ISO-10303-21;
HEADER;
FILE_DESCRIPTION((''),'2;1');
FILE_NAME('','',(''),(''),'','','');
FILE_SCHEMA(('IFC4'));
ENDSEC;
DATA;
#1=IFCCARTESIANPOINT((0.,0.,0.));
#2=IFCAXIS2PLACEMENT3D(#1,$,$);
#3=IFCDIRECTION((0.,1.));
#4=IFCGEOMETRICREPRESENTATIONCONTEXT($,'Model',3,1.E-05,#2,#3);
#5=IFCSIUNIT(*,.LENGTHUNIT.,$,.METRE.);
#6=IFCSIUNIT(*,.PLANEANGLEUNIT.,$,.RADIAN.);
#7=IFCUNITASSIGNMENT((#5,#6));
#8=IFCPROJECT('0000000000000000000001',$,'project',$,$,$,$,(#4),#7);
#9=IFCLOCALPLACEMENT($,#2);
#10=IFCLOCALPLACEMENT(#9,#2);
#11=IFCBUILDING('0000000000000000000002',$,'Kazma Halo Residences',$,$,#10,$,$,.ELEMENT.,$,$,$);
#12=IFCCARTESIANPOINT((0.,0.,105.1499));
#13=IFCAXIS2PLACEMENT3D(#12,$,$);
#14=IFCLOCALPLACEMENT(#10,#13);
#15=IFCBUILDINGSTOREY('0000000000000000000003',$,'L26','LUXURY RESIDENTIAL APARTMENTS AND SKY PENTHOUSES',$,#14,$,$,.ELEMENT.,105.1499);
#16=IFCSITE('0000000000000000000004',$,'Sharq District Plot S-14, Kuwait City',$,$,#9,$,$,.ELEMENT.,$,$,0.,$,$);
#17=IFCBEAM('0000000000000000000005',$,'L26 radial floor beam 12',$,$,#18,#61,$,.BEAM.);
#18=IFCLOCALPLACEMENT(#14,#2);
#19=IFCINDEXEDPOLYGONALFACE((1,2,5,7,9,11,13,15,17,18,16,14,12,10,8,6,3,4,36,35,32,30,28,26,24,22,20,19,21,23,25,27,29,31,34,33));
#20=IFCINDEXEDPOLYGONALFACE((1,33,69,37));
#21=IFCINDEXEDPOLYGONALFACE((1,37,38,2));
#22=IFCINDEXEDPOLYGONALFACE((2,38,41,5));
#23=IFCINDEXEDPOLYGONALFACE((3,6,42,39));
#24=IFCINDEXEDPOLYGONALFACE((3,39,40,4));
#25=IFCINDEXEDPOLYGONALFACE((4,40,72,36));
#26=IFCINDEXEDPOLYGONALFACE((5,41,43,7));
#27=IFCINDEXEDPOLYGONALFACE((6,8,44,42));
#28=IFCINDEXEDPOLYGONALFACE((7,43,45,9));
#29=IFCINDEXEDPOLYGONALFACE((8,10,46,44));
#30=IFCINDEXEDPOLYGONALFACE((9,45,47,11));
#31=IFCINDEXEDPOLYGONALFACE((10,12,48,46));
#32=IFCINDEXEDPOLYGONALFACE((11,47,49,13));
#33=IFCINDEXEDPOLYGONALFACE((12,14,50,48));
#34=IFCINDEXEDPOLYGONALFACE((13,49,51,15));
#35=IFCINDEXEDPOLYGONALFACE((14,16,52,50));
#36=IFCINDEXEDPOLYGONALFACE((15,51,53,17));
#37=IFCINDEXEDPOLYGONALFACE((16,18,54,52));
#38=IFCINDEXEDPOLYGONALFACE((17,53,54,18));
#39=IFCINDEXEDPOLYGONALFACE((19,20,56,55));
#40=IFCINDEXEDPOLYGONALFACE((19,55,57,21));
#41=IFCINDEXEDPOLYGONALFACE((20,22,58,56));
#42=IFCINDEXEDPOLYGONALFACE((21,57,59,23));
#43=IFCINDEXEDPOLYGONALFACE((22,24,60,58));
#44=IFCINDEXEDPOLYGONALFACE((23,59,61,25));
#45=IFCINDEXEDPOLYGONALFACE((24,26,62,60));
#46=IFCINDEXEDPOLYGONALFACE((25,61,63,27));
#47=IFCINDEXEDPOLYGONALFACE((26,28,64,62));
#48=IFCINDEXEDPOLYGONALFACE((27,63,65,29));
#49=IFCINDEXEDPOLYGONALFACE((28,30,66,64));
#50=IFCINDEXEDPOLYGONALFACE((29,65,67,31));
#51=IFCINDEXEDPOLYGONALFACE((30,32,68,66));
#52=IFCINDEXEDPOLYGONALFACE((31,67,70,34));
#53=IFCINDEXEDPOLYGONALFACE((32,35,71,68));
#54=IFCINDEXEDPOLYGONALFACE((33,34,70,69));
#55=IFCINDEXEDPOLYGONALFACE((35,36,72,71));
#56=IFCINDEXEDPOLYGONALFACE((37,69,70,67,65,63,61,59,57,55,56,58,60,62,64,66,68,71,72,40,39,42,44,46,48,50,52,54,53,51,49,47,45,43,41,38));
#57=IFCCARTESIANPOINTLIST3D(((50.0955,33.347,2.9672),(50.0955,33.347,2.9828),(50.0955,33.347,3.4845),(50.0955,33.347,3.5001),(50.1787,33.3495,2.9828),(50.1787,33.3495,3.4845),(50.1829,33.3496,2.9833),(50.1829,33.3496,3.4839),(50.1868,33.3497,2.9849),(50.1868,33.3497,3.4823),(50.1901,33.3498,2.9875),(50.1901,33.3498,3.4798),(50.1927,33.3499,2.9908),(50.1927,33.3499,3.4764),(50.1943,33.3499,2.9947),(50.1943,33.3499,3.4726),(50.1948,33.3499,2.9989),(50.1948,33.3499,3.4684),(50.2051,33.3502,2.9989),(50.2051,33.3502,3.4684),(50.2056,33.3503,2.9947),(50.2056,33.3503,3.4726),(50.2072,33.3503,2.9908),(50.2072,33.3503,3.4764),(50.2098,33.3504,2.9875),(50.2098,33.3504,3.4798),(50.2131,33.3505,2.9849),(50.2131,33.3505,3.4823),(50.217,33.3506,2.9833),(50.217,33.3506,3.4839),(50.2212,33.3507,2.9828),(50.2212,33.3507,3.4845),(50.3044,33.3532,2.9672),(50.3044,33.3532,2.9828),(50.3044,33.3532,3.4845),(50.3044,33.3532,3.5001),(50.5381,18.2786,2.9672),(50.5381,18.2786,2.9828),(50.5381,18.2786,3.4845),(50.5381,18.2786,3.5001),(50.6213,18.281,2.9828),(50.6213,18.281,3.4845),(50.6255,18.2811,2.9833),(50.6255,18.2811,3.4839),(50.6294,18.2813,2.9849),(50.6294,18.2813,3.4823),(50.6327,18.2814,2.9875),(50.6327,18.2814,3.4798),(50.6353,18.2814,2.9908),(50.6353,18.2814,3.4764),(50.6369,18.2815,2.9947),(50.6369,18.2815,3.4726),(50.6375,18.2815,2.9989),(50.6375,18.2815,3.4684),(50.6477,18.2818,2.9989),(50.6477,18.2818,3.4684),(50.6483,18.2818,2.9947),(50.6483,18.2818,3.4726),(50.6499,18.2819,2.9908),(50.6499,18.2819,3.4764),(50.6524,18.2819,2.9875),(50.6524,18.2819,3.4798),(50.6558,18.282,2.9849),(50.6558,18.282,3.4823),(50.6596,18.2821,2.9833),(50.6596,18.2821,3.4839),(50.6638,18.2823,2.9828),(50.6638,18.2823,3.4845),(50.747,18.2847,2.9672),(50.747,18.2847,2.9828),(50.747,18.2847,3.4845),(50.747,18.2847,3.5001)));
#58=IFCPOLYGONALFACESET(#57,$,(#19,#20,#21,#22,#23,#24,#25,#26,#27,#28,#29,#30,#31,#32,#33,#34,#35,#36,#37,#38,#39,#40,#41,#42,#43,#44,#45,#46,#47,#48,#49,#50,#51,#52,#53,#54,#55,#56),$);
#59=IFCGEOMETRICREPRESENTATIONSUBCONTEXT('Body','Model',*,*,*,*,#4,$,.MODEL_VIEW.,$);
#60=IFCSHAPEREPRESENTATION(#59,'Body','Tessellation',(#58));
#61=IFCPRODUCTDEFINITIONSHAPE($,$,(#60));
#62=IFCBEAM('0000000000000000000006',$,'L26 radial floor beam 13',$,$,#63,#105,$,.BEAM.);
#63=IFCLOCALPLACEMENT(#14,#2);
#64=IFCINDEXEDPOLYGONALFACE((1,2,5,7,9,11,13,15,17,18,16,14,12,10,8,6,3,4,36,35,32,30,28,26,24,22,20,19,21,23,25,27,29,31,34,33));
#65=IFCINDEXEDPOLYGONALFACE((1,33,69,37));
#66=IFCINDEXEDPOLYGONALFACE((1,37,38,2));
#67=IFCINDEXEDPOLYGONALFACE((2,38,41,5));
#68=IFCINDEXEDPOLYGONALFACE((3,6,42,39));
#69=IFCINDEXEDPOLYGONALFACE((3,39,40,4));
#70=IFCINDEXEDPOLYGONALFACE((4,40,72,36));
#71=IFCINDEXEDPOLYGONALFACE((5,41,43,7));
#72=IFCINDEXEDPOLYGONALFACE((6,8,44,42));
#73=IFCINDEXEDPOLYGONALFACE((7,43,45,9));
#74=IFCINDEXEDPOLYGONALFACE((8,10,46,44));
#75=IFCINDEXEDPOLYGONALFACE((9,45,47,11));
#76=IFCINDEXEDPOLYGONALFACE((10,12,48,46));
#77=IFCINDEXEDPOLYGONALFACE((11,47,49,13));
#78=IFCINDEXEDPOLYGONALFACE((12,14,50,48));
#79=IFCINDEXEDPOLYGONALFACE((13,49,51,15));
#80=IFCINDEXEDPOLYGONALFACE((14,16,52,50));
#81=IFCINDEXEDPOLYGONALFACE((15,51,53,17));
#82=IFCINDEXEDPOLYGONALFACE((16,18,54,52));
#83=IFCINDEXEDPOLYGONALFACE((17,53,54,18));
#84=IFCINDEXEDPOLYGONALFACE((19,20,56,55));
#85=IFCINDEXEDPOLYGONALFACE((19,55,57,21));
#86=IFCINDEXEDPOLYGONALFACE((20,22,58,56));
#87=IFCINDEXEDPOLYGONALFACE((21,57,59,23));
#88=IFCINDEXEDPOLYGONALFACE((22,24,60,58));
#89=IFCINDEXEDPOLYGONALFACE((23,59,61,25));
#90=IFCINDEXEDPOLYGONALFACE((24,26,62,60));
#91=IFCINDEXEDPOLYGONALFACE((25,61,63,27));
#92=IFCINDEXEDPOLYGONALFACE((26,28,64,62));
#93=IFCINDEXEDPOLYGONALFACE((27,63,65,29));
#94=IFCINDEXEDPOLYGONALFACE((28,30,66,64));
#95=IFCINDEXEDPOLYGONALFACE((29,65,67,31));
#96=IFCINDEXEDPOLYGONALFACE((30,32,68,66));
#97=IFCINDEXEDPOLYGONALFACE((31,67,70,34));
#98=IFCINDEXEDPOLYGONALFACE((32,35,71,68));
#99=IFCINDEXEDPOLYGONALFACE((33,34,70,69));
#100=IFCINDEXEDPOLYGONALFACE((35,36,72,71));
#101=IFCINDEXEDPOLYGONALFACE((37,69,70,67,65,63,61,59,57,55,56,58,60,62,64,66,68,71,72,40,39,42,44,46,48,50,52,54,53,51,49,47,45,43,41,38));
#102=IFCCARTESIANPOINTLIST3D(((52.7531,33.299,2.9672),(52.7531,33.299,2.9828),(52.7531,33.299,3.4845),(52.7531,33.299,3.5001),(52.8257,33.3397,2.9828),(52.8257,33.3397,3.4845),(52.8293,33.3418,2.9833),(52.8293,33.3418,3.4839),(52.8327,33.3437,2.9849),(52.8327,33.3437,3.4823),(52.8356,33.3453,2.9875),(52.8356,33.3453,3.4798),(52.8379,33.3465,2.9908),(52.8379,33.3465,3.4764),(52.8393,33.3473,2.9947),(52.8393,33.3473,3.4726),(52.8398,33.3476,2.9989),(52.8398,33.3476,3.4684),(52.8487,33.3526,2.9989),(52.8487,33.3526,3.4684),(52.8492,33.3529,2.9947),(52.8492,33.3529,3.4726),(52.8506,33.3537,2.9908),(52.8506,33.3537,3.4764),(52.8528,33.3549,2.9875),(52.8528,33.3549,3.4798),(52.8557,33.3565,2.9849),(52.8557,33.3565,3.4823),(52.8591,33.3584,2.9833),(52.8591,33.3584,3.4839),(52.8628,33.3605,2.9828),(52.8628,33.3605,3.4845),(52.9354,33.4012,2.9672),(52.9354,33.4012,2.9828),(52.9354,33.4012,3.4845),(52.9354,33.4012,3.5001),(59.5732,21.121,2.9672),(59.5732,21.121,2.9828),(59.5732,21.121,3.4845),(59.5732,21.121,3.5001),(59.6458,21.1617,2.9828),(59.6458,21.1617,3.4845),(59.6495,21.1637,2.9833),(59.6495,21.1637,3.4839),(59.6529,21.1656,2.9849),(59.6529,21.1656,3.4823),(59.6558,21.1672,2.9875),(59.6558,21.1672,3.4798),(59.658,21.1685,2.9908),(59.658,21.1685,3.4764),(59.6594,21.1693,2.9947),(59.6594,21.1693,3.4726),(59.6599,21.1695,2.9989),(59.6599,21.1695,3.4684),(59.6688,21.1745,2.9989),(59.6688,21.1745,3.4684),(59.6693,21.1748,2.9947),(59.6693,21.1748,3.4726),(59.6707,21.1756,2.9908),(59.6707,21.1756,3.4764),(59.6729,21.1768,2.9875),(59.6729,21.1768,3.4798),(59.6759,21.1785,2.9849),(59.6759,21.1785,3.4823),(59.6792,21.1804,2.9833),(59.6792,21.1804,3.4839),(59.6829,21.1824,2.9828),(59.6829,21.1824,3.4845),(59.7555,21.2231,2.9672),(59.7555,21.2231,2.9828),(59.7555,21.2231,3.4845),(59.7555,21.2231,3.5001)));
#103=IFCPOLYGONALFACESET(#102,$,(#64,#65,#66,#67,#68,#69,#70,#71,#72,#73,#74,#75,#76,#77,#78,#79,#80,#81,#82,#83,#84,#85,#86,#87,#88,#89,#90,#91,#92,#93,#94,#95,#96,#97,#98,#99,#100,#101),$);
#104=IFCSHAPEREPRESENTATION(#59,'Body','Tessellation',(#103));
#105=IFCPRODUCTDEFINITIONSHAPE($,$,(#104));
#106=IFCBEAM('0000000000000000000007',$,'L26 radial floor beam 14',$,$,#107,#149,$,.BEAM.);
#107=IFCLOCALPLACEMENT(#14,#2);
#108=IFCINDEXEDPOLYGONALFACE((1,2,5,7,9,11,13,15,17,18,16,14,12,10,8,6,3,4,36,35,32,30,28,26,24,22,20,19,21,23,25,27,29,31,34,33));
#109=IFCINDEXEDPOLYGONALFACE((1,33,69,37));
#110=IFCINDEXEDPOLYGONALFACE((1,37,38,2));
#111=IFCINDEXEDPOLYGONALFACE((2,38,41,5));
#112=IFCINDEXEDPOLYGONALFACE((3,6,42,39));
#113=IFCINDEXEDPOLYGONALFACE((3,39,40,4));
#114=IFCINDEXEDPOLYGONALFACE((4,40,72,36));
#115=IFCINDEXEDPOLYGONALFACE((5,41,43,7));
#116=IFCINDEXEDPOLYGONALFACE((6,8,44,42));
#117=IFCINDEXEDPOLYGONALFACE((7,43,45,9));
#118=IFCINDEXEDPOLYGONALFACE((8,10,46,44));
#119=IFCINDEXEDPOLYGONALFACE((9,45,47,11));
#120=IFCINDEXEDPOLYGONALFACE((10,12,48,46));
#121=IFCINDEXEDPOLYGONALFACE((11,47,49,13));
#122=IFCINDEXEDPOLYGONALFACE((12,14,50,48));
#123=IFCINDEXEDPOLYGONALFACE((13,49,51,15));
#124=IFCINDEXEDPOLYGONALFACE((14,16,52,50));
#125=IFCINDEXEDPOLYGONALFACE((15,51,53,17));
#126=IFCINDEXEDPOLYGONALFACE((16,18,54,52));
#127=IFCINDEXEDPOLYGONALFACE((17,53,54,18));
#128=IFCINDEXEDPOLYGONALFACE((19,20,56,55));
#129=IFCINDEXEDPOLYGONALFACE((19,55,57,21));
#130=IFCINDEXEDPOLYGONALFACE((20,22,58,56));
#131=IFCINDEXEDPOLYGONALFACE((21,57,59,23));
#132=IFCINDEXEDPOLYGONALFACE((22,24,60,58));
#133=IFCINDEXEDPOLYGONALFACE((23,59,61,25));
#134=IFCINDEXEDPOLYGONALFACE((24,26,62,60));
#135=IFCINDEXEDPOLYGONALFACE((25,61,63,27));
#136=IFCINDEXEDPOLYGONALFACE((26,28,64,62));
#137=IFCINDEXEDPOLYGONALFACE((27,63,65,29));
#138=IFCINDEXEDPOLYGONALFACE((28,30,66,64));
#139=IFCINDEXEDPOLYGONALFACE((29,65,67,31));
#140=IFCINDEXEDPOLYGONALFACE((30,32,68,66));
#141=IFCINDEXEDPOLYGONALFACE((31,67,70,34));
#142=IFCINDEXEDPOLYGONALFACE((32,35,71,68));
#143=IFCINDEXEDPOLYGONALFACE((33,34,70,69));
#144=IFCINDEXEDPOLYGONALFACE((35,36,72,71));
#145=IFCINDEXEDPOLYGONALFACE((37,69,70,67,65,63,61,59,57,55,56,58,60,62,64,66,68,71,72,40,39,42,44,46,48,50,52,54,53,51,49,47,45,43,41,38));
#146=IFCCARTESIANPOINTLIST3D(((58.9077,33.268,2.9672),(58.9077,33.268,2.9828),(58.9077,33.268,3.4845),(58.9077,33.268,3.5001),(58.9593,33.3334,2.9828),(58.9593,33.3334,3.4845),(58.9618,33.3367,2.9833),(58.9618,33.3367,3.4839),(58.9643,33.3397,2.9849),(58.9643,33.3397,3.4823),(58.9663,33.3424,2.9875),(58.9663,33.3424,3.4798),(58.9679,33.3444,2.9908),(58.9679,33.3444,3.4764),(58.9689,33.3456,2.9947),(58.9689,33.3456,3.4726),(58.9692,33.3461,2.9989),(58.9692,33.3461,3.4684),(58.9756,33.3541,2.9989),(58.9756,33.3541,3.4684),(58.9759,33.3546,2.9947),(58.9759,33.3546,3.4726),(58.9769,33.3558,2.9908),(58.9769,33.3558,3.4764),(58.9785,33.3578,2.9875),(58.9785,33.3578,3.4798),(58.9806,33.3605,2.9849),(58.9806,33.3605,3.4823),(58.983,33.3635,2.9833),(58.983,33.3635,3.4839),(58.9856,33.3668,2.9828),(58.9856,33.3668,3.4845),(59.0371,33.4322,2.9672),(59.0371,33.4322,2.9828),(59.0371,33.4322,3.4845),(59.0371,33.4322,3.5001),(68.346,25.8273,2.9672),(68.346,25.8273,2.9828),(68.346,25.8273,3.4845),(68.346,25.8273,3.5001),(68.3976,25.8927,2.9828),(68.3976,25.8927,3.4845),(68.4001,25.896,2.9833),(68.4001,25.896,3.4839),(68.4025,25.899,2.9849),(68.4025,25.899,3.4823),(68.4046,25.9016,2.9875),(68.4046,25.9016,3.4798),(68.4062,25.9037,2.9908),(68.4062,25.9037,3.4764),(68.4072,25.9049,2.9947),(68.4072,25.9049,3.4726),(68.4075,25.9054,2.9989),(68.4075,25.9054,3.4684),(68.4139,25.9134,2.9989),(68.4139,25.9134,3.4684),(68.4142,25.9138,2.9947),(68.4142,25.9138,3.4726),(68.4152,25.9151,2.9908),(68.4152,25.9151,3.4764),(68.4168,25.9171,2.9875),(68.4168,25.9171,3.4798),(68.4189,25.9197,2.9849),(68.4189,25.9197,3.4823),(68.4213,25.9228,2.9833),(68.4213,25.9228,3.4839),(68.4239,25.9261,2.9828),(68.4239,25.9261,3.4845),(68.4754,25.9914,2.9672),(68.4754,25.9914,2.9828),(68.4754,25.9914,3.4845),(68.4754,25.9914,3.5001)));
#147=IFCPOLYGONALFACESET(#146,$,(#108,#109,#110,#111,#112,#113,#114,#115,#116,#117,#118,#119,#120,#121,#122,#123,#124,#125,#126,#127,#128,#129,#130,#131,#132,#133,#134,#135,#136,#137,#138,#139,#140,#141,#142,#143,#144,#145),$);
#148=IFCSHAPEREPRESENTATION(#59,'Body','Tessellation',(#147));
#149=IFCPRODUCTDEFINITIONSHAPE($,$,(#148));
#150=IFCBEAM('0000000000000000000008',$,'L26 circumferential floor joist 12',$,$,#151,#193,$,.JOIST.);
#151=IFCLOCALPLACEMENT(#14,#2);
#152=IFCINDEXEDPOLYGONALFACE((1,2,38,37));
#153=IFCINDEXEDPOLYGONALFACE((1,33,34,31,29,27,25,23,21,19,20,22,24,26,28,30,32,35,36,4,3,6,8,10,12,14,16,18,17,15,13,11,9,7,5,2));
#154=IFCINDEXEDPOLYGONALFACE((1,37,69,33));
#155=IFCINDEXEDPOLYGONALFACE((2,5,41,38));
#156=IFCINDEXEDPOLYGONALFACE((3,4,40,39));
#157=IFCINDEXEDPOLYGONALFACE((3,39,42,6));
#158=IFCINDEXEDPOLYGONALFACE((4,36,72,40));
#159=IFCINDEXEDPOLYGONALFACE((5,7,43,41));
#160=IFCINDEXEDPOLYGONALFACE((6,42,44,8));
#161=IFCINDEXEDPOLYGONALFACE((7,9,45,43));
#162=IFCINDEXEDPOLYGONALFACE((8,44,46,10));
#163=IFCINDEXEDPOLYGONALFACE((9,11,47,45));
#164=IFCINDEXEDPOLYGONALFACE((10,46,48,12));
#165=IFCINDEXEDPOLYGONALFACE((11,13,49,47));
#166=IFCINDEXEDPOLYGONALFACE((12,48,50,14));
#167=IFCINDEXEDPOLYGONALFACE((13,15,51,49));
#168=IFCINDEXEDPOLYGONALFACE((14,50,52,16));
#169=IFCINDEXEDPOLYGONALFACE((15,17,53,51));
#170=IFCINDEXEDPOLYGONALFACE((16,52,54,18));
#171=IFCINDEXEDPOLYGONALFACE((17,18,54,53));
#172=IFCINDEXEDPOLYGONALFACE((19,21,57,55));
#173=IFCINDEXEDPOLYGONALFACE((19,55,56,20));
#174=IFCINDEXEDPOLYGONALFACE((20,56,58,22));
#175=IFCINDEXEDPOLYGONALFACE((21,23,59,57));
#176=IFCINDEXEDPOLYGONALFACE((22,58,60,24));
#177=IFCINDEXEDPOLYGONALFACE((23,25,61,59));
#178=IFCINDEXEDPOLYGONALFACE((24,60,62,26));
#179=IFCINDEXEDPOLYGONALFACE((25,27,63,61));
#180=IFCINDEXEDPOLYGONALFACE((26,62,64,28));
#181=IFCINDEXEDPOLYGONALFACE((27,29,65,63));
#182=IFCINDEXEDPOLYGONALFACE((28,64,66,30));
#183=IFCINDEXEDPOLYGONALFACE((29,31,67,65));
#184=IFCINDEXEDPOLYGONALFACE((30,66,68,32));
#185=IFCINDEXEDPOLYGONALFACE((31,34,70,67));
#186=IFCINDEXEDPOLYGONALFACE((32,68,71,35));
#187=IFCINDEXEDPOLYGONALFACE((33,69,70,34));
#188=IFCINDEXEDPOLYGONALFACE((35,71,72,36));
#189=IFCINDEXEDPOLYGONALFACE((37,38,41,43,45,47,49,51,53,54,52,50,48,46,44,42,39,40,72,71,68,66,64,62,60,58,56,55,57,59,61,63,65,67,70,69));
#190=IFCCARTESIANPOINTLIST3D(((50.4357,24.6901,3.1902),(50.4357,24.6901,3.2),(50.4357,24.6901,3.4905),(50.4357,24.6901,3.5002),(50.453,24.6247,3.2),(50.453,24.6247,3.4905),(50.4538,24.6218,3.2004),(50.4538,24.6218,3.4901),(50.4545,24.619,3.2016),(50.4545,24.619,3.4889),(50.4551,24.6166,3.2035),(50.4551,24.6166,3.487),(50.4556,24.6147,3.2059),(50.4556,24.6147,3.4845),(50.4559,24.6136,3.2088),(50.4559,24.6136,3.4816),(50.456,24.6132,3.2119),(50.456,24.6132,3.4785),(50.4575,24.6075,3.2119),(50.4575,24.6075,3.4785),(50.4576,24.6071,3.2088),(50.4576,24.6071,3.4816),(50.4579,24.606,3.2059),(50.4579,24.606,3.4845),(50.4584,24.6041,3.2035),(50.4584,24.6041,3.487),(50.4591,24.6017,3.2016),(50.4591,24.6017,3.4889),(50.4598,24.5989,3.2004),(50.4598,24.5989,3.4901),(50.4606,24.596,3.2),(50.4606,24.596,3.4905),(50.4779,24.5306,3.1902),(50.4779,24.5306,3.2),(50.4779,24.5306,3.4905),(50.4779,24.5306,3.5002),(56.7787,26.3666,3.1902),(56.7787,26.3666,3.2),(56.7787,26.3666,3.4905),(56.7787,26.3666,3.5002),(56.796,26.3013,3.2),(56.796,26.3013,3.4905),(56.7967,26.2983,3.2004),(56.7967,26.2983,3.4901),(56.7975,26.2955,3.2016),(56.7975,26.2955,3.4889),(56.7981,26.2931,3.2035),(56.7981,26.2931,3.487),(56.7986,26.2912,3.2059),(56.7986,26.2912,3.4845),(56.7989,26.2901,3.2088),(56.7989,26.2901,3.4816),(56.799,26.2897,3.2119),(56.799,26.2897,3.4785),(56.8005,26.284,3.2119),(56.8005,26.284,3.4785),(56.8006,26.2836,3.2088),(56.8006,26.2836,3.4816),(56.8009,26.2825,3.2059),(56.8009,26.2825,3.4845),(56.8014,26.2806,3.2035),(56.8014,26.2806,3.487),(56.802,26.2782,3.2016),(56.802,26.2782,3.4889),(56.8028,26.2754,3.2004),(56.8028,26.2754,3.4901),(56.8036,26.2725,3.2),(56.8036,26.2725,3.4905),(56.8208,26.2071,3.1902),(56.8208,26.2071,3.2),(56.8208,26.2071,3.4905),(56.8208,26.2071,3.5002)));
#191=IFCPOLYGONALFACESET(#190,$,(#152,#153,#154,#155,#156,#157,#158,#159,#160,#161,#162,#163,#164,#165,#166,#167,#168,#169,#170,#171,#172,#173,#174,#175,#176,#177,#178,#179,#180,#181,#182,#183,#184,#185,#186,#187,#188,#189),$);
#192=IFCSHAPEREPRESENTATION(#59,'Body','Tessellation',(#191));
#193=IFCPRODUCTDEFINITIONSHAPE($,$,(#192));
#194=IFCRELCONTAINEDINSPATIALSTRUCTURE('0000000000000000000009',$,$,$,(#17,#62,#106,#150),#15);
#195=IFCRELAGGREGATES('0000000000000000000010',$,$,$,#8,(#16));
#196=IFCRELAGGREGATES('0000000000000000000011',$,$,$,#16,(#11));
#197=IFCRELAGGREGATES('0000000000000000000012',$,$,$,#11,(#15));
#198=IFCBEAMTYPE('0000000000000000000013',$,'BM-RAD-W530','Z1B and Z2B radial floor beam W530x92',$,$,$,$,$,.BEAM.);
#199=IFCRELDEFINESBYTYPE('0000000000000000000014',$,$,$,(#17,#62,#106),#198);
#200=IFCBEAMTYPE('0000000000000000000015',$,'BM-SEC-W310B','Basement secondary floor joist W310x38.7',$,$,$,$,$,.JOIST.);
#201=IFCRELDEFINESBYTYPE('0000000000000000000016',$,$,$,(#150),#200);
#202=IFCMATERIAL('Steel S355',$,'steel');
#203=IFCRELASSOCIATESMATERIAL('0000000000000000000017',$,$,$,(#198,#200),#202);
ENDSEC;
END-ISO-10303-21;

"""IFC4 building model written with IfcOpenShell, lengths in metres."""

from ifc_helpers import new_model, si_unit, direction, frame, origin, origin_2d, place, context, subcontext, project, spatial, i_section, extrude, material, material_profile, profile_set, type_object, element, save


model = new_model("IFC4")

# Units and contexts
model_context = context("Model", 3, precision=1e-05, world=origin(), true_north=direction((0.0, 1.0)))
body_context = subcontext(model_context, "Body", "Model", "MODEL_VIEW")
ifc_project = project(units=[si_unit("LENGTHUNIT", "METRE"), si_unit("PLANEANGLEUNIT", "RADIAN")], contexts=[model_context])

# Site, building, storey
site_placement = place(None, origin())
site = spatial("IfcSite", under=ifc_project, at=site_placement, Name="Sharq District Plot S-14, Kuwait City", CompositionType="ELEMENT", RefElevation=0.0)
building_placement = place(site_placement, origin())
building = spatial("IfcBuilding", under=site, at=building_placement, Name="Kazma Halo Residences", CompositionType="ELEMENT")
storey_placement = place(building_placement, frame((0.0, 0.0, 105.1499)))
storey = spatial("IfcBuildingStorey", under=building, at=storey_placement, Name="L26", Description="LUXURY RESIDENTIAL APARTMENTS AND SKY PENTHOUSES", CompositionType="ELEMENT", Elevation=105.1499)

# Beams
ifc_material_1 = material(Name="Steel S355", Category="steel")
ifc_material_profile_1 = material_profile(ifc_material_1, i_section(OverallWidth=0.209, OverallDepth=0.533, WebThickness=0.0103, FlangeThickness=0.0156, FilletRadius=0.0161, at=origin_2d()), Name="W530x92")
ifc_profile_set_1 = profile_set([ifc_material_profile_1], Name="Steel S355")
beam_type_1 = type_object("IfcBeamType", Name="BM-RAD-W530", Description="Z1B and Z2B radial floor beam W530x92", PredefinedType="BEAM", material=ifc_profile_set_1)
beam_1_placement = place(storey_placement, frame((50.2, 33.3501, 3.2336), z_axis=(0.029362, -0.999569, 0.0), x_axis=(0.999569, 0.029362, 0.0)))
element("IfcBeam", 1, at=beam_1_placement, inside=storey, type_object=beam_type_1, Name="L26 radial floor beam 12", PredefinedType="BEAM", context=body_context, shape_type="SweptSolid", body=[
    extrude(i_section(OverallWidth=0.209, OverallDepth=0.533, WebThickness=0.0103, FlangeThickness=0.0156, FilletRadius=0.0161, at=origin_2d()), origin(), (0.0, 0.0, 1.0), 15.075),
])
beam_2_placement = place(storey_placement, frame((52.8442, 33.3501, 3.2336), z_axis=(0.488625, -0.872494, 0.0), x_axis=(0.872494, 0.488625, 0.0)))
element("IfcBeam", 2, at=beam_2_placement, inside=storey, type_object=beam_type_1, Name="L26 radial floor beam 13", PredefinedType="BEAM", context=body_context, shape_type="SweptSolid", body=[
    extrude(i_section(OverallWidth=0.209, OverallDepth=0.533, WebThickness=0.0103, FlangeThickness=0.0156, FilletRadius=0.0161, at=origin_2d()), origin(), (0.0, 0.0, 1.0), 13.9578),
])
beam_3_placement = place(storey_placement, frame((58.9724, 33.3501, 3.2336), z_axis=(0.78531, -0.619103, 0.0), x_axis=(0.619103, 0.78531, 0.0)))
element("IfcBeam", 3, at=beam_3_placement, inside=storey, type_object=beam_type_1, Name="L26 radial floor beam 14", PredefinedType="BEAM", context=body_context, shape_type="SweptSolid", body=[
    extrude(i_section(OverallWidth=0.209, OverallDepth=0.533, WebThickness=0.0103, FlangeThickness=0.0156, FilletRadius=0.0161, at=origin_2d()), origin(), (0.0, 0.0, 1.0), 12.0186),
])
ifc_material_profile_2 = material_profile(ifc_material_1, i_section(OverallWidth=0.165, OverallDepth=0.3101, WebThickness=0.0059, FlangeThickness=0.0098, FilletRadius=0.012, at=origin_2d()), Name="W310x38.7")
ifc_profile_set_2 = profile_set([ifc_material_profile_2], Name="Steel S355")
beam_type_2 = type_object("IfcBeamType", Name="BM-SEC-W310B", Description="Basement secondary floor joist W310x38.7", PredefinedType="JOIST", material=ifc_profile_set_2)
beam_4_placement = place(storey_placement, frame((50.4568, 24.6104, 3.3452), z_axis=(0.9668, 0.255534, 0.0), x_axis=(-0.255534, 0.9668, 0.0)))
element("IfcBeam", 4, at=beam_4_placement, inside=storey, type_object=beam_type_2, Name="L26 circumferential floor joist 12", PredefinedType="JOIST", context=body_context, shape_type="SweptSolid", body=[
    extrude(i_section(OverallWidth=0.165, OverallDepth=0.3101, WebThickness=0.0059, FlangeThickness=0.0098, FilletRadius=0.012, at=origin_2d()), origin(), (0.0, 0.0, 1.0), 6.5608),
])

save(model, "model.ifc")
